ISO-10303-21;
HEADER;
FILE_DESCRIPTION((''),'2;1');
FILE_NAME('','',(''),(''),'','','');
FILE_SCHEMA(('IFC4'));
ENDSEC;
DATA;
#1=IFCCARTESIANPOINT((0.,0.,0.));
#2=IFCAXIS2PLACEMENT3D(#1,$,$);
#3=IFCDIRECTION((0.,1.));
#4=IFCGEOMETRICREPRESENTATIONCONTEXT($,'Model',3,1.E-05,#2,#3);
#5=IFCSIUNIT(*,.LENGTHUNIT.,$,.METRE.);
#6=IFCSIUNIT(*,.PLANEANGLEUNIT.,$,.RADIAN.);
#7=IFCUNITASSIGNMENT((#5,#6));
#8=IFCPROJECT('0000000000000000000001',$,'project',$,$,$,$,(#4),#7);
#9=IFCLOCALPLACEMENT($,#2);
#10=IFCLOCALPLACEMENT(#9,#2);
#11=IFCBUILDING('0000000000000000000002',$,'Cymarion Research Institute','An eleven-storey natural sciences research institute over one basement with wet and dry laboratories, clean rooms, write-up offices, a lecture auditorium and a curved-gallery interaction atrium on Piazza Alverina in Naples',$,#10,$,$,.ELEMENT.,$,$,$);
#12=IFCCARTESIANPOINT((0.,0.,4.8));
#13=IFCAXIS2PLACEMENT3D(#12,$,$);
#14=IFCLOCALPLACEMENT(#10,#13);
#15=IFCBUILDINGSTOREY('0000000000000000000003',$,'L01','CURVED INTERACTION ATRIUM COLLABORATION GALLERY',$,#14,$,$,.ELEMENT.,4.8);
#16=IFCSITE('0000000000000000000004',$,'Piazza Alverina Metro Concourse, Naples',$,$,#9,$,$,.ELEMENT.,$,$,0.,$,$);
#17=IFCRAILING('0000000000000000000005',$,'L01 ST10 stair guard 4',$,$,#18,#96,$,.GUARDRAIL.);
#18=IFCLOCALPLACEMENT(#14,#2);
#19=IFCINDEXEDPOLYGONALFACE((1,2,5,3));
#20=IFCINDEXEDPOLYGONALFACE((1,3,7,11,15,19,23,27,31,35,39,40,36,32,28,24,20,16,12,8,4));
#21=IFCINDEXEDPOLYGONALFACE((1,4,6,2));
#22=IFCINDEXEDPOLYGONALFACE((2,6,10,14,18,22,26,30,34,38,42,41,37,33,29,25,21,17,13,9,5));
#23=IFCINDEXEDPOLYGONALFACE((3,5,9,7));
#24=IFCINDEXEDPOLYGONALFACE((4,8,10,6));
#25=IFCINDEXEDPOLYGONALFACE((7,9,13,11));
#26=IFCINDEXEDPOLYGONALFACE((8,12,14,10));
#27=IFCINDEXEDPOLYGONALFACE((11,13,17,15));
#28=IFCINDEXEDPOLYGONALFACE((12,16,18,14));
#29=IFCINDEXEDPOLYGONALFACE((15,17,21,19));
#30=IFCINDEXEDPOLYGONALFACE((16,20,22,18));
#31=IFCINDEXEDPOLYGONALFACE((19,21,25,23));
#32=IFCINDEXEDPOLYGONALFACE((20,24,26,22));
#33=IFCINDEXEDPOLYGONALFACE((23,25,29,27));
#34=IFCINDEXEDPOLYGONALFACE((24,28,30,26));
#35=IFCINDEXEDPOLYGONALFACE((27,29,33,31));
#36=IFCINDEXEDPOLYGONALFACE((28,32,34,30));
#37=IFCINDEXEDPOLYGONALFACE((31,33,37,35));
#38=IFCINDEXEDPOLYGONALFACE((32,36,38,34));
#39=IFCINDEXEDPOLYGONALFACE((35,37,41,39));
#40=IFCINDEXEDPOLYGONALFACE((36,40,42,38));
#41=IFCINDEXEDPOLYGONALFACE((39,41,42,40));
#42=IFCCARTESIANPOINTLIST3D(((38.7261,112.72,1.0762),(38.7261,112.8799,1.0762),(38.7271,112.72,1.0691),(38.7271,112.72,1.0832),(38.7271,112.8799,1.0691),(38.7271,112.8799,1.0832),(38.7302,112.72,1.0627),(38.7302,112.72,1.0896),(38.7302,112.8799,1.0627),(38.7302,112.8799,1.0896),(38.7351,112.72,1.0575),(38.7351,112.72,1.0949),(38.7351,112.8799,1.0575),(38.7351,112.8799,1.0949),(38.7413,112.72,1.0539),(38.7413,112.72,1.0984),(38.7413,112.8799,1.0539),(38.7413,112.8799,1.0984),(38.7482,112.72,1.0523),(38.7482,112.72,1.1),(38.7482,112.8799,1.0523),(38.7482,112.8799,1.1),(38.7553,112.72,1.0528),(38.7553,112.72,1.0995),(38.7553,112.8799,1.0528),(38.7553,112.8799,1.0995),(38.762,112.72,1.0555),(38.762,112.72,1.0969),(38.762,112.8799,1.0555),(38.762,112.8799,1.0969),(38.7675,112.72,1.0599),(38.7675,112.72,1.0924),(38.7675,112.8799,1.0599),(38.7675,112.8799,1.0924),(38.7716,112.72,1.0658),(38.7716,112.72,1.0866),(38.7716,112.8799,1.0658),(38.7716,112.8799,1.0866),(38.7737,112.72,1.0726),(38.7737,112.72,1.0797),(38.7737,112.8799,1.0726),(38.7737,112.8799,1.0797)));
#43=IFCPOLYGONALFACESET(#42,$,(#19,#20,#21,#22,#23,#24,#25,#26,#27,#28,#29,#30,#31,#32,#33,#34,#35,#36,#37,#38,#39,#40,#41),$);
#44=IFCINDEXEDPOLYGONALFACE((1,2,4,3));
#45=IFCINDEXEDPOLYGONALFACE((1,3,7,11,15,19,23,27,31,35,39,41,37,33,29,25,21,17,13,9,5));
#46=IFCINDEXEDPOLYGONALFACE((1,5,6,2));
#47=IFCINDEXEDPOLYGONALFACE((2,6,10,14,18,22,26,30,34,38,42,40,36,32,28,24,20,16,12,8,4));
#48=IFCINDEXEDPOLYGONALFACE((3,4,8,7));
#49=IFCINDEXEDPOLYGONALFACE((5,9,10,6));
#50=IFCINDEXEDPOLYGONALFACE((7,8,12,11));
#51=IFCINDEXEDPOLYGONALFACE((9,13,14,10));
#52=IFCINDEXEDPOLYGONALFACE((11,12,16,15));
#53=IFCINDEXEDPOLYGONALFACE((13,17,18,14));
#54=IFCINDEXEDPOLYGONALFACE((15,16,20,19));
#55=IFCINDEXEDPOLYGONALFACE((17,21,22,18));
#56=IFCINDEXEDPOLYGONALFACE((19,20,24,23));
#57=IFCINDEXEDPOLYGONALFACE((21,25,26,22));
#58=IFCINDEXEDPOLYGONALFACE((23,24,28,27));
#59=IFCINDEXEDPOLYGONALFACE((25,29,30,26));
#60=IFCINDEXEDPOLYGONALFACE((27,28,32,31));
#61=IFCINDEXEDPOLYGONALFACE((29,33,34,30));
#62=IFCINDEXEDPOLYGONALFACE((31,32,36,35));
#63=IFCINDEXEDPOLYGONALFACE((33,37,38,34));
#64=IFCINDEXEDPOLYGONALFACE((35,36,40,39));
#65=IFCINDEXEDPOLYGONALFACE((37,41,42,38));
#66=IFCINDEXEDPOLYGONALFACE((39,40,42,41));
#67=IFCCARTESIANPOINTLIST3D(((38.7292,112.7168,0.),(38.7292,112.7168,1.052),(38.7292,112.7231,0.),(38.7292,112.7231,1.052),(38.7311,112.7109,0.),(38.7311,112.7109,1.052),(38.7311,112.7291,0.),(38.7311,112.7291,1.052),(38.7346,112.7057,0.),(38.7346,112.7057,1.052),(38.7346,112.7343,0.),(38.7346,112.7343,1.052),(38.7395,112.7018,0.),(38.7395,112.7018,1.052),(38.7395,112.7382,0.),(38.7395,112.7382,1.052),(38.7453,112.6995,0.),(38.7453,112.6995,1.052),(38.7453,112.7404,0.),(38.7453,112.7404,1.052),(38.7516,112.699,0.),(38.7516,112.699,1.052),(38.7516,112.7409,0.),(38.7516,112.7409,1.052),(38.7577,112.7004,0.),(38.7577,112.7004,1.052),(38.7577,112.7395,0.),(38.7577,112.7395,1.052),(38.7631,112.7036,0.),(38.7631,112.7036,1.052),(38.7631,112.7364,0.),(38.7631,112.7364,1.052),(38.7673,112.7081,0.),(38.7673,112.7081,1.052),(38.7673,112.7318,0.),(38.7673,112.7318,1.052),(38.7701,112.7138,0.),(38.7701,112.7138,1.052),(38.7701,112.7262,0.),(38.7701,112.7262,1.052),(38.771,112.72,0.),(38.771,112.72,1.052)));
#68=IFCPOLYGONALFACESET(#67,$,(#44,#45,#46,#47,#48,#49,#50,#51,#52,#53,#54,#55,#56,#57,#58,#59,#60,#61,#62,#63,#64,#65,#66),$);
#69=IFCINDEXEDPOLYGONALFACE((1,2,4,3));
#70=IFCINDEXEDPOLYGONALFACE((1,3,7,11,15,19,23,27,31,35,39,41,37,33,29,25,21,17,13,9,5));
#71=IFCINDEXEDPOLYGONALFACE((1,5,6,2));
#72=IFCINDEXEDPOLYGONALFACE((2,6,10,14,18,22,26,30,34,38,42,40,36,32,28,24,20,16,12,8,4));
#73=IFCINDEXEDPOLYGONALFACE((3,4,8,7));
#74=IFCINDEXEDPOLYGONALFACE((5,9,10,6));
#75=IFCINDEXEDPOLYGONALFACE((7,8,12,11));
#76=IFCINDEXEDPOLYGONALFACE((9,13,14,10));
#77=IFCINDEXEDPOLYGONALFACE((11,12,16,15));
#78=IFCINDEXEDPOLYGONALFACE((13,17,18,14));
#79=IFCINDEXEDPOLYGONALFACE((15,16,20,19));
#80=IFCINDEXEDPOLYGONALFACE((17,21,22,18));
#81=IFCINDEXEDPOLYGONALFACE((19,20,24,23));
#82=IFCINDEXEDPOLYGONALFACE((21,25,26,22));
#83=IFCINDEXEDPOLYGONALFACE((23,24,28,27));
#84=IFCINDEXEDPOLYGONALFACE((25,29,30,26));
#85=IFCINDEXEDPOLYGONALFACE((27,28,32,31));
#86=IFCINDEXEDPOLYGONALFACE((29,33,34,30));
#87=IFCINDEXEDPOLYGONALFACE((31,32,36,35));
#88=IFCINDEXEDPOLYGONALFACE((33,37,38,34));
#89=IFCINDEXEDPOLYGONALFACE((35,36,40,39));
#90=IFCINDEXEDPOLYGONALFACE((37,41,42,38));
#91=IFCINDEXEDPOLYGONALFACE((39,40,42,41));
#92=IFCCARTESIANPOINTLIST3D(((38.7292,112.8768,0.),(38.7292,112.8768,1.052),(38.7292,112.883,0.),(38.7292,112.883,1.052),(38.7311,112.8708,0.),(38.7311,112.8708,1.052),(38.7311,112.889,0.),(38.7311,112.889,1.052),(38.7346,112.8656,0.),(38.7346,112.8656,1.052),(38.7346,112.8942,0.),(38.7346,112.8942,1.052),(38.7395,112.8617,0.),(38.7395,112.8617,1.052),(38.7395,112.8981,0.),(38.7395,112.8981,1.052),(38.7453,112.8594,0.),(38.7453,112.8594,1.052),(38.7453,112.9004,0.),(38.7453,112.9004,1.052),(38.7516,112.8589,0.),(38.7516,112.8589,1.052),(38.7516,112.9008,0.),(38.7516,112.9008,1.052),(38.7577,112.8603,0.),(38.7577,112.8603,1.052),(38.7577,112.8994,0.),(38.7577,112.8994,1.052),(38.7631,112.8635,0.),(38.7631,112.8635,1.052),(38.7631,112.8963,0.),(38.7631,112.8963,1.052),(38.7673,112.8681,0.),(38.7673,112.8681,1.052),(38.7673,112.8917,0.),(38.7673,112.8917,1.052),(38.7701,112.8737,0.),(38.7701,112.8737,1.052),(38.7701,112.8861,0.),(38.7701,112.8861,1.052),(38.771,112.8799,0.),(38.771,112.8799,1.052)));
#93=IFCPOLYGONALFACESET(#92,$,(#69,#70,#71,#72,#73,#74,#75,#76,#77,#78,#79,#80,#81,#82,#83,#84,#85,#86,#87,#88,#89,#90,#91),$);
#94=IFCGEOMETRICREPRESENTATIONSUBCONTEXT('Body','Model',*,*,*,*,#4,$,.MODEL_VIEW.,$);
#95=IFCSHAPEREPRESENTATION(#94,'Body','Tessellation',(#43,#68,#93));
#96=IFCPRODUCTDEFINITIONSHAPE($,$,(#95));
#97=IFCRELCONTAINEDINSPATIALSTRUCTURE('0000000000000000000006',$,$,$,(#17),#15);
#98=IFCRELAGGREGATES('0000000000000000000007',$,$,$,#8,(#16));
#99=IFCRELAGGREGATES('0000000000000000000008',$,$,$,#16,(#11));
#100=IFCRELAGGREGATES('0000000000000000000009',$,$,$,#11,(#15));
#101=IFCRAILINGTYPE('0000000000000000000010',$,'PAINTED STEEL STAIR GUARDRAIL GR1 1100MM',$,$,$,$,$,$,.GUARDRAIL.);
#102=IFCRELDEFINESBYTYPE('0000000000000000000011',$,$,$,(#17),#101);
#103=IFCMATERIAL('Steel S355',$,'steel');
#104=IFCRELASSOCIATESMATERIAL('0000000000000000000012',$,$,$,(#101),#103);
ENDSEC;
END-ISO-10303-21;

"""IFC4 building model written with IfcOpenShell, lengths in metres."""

from ifc_helpers import new_model, si_unit, direction, frame, origin, origin_2d, place, context, subcontext, project, spatial, circle, extrude, material, type_object, element, save


model = new_model("IFC4")

# Units and contexts
model_context = context("Model", 3, precision=1e-05, world=origin(), true_north=direction((0.0, 1.0)))
body_context = subcontext(model_context, "Body", "Model", "MODEL_VIEW")
ifc_project = project(units=[si_unit("LENGTHUNIT", "METRE"), si_unit("PLANEANGLEUNIT", "RADIAN")], contexts=[model_context])

# Site, building, storey
site_placement = place(None, origin())
site = spatial("IfcSite", under=ifc_project, at=site_placement, Name="Piazza Alverina Metro Concourse, Naples", CompositionType="ELEMENT", RefElevation=0.0)
building_placement = place(site_placement, origin())
building = spatial("IfcBuilding", under=site, at=building_placement, Name="Cymarion Research Institute", Description="An eleven-storey natural sciences research institute over one basement with wet and dry laboratories, clean rooms, write-up offices, a lecture auditorium and a curved-gallery interaction atrium on Piazza Alverina in Naples", CompositionType="ELEMENT")
storey_placement = place(building_placement, frame((0.0, 0.0, 4.8)))
storey = spatial("IfcBuildingStorey", under=building, at=storey_placement, Name="L01", Description="CURVED INTERACTION ATRIUM COLLABORATION GALLERY", CompositionType="ELEMENT", Elevation=4.8)

# Shared definitions
ifc_material_1 = material(Name="Steel S355", Category="steel")

# Railing
railing_type_1 = type_object("IfcRailingType", Name="PAINTED STEEL STAIR GUARDRAIL GR1 1100MM", PredefinedType="GUARDRAIL", material=ifc_material_1)
railing_1_placement = place(storey_placement, frame((38.75, 112.72, 0.0)))
element("IfcRailing", 1, at=railing_1_placement, inside=storey, type_object=railing_type_1, Name="L01 ST10 stair guard 4", PredefinedType="GUARDRAIL", context=body_context, shape_type="SweptSolid", body=[
    extrude(circle(Radius=0.0239, at=origin_2d()), frame((0.0, 0.0, 1.0762), z_axis=(0.0, 1.0, 0.0), x_axis=(-1.0, 0.0, 0.0)), (0.0, 0.0, 1.0), 0.1599),
    extrude(circle(Radius=0.021, at=origin_2d()), origin(), (0.0, 0.0, 1.0), 1.052),
    extrude(circle(Radius=0.021, at=origin_2d()), frame((0.0, 0.1599, 0.0)), (0.0, 0.0, 1.0), 1.052),
])

save(model, "model.ifc")
